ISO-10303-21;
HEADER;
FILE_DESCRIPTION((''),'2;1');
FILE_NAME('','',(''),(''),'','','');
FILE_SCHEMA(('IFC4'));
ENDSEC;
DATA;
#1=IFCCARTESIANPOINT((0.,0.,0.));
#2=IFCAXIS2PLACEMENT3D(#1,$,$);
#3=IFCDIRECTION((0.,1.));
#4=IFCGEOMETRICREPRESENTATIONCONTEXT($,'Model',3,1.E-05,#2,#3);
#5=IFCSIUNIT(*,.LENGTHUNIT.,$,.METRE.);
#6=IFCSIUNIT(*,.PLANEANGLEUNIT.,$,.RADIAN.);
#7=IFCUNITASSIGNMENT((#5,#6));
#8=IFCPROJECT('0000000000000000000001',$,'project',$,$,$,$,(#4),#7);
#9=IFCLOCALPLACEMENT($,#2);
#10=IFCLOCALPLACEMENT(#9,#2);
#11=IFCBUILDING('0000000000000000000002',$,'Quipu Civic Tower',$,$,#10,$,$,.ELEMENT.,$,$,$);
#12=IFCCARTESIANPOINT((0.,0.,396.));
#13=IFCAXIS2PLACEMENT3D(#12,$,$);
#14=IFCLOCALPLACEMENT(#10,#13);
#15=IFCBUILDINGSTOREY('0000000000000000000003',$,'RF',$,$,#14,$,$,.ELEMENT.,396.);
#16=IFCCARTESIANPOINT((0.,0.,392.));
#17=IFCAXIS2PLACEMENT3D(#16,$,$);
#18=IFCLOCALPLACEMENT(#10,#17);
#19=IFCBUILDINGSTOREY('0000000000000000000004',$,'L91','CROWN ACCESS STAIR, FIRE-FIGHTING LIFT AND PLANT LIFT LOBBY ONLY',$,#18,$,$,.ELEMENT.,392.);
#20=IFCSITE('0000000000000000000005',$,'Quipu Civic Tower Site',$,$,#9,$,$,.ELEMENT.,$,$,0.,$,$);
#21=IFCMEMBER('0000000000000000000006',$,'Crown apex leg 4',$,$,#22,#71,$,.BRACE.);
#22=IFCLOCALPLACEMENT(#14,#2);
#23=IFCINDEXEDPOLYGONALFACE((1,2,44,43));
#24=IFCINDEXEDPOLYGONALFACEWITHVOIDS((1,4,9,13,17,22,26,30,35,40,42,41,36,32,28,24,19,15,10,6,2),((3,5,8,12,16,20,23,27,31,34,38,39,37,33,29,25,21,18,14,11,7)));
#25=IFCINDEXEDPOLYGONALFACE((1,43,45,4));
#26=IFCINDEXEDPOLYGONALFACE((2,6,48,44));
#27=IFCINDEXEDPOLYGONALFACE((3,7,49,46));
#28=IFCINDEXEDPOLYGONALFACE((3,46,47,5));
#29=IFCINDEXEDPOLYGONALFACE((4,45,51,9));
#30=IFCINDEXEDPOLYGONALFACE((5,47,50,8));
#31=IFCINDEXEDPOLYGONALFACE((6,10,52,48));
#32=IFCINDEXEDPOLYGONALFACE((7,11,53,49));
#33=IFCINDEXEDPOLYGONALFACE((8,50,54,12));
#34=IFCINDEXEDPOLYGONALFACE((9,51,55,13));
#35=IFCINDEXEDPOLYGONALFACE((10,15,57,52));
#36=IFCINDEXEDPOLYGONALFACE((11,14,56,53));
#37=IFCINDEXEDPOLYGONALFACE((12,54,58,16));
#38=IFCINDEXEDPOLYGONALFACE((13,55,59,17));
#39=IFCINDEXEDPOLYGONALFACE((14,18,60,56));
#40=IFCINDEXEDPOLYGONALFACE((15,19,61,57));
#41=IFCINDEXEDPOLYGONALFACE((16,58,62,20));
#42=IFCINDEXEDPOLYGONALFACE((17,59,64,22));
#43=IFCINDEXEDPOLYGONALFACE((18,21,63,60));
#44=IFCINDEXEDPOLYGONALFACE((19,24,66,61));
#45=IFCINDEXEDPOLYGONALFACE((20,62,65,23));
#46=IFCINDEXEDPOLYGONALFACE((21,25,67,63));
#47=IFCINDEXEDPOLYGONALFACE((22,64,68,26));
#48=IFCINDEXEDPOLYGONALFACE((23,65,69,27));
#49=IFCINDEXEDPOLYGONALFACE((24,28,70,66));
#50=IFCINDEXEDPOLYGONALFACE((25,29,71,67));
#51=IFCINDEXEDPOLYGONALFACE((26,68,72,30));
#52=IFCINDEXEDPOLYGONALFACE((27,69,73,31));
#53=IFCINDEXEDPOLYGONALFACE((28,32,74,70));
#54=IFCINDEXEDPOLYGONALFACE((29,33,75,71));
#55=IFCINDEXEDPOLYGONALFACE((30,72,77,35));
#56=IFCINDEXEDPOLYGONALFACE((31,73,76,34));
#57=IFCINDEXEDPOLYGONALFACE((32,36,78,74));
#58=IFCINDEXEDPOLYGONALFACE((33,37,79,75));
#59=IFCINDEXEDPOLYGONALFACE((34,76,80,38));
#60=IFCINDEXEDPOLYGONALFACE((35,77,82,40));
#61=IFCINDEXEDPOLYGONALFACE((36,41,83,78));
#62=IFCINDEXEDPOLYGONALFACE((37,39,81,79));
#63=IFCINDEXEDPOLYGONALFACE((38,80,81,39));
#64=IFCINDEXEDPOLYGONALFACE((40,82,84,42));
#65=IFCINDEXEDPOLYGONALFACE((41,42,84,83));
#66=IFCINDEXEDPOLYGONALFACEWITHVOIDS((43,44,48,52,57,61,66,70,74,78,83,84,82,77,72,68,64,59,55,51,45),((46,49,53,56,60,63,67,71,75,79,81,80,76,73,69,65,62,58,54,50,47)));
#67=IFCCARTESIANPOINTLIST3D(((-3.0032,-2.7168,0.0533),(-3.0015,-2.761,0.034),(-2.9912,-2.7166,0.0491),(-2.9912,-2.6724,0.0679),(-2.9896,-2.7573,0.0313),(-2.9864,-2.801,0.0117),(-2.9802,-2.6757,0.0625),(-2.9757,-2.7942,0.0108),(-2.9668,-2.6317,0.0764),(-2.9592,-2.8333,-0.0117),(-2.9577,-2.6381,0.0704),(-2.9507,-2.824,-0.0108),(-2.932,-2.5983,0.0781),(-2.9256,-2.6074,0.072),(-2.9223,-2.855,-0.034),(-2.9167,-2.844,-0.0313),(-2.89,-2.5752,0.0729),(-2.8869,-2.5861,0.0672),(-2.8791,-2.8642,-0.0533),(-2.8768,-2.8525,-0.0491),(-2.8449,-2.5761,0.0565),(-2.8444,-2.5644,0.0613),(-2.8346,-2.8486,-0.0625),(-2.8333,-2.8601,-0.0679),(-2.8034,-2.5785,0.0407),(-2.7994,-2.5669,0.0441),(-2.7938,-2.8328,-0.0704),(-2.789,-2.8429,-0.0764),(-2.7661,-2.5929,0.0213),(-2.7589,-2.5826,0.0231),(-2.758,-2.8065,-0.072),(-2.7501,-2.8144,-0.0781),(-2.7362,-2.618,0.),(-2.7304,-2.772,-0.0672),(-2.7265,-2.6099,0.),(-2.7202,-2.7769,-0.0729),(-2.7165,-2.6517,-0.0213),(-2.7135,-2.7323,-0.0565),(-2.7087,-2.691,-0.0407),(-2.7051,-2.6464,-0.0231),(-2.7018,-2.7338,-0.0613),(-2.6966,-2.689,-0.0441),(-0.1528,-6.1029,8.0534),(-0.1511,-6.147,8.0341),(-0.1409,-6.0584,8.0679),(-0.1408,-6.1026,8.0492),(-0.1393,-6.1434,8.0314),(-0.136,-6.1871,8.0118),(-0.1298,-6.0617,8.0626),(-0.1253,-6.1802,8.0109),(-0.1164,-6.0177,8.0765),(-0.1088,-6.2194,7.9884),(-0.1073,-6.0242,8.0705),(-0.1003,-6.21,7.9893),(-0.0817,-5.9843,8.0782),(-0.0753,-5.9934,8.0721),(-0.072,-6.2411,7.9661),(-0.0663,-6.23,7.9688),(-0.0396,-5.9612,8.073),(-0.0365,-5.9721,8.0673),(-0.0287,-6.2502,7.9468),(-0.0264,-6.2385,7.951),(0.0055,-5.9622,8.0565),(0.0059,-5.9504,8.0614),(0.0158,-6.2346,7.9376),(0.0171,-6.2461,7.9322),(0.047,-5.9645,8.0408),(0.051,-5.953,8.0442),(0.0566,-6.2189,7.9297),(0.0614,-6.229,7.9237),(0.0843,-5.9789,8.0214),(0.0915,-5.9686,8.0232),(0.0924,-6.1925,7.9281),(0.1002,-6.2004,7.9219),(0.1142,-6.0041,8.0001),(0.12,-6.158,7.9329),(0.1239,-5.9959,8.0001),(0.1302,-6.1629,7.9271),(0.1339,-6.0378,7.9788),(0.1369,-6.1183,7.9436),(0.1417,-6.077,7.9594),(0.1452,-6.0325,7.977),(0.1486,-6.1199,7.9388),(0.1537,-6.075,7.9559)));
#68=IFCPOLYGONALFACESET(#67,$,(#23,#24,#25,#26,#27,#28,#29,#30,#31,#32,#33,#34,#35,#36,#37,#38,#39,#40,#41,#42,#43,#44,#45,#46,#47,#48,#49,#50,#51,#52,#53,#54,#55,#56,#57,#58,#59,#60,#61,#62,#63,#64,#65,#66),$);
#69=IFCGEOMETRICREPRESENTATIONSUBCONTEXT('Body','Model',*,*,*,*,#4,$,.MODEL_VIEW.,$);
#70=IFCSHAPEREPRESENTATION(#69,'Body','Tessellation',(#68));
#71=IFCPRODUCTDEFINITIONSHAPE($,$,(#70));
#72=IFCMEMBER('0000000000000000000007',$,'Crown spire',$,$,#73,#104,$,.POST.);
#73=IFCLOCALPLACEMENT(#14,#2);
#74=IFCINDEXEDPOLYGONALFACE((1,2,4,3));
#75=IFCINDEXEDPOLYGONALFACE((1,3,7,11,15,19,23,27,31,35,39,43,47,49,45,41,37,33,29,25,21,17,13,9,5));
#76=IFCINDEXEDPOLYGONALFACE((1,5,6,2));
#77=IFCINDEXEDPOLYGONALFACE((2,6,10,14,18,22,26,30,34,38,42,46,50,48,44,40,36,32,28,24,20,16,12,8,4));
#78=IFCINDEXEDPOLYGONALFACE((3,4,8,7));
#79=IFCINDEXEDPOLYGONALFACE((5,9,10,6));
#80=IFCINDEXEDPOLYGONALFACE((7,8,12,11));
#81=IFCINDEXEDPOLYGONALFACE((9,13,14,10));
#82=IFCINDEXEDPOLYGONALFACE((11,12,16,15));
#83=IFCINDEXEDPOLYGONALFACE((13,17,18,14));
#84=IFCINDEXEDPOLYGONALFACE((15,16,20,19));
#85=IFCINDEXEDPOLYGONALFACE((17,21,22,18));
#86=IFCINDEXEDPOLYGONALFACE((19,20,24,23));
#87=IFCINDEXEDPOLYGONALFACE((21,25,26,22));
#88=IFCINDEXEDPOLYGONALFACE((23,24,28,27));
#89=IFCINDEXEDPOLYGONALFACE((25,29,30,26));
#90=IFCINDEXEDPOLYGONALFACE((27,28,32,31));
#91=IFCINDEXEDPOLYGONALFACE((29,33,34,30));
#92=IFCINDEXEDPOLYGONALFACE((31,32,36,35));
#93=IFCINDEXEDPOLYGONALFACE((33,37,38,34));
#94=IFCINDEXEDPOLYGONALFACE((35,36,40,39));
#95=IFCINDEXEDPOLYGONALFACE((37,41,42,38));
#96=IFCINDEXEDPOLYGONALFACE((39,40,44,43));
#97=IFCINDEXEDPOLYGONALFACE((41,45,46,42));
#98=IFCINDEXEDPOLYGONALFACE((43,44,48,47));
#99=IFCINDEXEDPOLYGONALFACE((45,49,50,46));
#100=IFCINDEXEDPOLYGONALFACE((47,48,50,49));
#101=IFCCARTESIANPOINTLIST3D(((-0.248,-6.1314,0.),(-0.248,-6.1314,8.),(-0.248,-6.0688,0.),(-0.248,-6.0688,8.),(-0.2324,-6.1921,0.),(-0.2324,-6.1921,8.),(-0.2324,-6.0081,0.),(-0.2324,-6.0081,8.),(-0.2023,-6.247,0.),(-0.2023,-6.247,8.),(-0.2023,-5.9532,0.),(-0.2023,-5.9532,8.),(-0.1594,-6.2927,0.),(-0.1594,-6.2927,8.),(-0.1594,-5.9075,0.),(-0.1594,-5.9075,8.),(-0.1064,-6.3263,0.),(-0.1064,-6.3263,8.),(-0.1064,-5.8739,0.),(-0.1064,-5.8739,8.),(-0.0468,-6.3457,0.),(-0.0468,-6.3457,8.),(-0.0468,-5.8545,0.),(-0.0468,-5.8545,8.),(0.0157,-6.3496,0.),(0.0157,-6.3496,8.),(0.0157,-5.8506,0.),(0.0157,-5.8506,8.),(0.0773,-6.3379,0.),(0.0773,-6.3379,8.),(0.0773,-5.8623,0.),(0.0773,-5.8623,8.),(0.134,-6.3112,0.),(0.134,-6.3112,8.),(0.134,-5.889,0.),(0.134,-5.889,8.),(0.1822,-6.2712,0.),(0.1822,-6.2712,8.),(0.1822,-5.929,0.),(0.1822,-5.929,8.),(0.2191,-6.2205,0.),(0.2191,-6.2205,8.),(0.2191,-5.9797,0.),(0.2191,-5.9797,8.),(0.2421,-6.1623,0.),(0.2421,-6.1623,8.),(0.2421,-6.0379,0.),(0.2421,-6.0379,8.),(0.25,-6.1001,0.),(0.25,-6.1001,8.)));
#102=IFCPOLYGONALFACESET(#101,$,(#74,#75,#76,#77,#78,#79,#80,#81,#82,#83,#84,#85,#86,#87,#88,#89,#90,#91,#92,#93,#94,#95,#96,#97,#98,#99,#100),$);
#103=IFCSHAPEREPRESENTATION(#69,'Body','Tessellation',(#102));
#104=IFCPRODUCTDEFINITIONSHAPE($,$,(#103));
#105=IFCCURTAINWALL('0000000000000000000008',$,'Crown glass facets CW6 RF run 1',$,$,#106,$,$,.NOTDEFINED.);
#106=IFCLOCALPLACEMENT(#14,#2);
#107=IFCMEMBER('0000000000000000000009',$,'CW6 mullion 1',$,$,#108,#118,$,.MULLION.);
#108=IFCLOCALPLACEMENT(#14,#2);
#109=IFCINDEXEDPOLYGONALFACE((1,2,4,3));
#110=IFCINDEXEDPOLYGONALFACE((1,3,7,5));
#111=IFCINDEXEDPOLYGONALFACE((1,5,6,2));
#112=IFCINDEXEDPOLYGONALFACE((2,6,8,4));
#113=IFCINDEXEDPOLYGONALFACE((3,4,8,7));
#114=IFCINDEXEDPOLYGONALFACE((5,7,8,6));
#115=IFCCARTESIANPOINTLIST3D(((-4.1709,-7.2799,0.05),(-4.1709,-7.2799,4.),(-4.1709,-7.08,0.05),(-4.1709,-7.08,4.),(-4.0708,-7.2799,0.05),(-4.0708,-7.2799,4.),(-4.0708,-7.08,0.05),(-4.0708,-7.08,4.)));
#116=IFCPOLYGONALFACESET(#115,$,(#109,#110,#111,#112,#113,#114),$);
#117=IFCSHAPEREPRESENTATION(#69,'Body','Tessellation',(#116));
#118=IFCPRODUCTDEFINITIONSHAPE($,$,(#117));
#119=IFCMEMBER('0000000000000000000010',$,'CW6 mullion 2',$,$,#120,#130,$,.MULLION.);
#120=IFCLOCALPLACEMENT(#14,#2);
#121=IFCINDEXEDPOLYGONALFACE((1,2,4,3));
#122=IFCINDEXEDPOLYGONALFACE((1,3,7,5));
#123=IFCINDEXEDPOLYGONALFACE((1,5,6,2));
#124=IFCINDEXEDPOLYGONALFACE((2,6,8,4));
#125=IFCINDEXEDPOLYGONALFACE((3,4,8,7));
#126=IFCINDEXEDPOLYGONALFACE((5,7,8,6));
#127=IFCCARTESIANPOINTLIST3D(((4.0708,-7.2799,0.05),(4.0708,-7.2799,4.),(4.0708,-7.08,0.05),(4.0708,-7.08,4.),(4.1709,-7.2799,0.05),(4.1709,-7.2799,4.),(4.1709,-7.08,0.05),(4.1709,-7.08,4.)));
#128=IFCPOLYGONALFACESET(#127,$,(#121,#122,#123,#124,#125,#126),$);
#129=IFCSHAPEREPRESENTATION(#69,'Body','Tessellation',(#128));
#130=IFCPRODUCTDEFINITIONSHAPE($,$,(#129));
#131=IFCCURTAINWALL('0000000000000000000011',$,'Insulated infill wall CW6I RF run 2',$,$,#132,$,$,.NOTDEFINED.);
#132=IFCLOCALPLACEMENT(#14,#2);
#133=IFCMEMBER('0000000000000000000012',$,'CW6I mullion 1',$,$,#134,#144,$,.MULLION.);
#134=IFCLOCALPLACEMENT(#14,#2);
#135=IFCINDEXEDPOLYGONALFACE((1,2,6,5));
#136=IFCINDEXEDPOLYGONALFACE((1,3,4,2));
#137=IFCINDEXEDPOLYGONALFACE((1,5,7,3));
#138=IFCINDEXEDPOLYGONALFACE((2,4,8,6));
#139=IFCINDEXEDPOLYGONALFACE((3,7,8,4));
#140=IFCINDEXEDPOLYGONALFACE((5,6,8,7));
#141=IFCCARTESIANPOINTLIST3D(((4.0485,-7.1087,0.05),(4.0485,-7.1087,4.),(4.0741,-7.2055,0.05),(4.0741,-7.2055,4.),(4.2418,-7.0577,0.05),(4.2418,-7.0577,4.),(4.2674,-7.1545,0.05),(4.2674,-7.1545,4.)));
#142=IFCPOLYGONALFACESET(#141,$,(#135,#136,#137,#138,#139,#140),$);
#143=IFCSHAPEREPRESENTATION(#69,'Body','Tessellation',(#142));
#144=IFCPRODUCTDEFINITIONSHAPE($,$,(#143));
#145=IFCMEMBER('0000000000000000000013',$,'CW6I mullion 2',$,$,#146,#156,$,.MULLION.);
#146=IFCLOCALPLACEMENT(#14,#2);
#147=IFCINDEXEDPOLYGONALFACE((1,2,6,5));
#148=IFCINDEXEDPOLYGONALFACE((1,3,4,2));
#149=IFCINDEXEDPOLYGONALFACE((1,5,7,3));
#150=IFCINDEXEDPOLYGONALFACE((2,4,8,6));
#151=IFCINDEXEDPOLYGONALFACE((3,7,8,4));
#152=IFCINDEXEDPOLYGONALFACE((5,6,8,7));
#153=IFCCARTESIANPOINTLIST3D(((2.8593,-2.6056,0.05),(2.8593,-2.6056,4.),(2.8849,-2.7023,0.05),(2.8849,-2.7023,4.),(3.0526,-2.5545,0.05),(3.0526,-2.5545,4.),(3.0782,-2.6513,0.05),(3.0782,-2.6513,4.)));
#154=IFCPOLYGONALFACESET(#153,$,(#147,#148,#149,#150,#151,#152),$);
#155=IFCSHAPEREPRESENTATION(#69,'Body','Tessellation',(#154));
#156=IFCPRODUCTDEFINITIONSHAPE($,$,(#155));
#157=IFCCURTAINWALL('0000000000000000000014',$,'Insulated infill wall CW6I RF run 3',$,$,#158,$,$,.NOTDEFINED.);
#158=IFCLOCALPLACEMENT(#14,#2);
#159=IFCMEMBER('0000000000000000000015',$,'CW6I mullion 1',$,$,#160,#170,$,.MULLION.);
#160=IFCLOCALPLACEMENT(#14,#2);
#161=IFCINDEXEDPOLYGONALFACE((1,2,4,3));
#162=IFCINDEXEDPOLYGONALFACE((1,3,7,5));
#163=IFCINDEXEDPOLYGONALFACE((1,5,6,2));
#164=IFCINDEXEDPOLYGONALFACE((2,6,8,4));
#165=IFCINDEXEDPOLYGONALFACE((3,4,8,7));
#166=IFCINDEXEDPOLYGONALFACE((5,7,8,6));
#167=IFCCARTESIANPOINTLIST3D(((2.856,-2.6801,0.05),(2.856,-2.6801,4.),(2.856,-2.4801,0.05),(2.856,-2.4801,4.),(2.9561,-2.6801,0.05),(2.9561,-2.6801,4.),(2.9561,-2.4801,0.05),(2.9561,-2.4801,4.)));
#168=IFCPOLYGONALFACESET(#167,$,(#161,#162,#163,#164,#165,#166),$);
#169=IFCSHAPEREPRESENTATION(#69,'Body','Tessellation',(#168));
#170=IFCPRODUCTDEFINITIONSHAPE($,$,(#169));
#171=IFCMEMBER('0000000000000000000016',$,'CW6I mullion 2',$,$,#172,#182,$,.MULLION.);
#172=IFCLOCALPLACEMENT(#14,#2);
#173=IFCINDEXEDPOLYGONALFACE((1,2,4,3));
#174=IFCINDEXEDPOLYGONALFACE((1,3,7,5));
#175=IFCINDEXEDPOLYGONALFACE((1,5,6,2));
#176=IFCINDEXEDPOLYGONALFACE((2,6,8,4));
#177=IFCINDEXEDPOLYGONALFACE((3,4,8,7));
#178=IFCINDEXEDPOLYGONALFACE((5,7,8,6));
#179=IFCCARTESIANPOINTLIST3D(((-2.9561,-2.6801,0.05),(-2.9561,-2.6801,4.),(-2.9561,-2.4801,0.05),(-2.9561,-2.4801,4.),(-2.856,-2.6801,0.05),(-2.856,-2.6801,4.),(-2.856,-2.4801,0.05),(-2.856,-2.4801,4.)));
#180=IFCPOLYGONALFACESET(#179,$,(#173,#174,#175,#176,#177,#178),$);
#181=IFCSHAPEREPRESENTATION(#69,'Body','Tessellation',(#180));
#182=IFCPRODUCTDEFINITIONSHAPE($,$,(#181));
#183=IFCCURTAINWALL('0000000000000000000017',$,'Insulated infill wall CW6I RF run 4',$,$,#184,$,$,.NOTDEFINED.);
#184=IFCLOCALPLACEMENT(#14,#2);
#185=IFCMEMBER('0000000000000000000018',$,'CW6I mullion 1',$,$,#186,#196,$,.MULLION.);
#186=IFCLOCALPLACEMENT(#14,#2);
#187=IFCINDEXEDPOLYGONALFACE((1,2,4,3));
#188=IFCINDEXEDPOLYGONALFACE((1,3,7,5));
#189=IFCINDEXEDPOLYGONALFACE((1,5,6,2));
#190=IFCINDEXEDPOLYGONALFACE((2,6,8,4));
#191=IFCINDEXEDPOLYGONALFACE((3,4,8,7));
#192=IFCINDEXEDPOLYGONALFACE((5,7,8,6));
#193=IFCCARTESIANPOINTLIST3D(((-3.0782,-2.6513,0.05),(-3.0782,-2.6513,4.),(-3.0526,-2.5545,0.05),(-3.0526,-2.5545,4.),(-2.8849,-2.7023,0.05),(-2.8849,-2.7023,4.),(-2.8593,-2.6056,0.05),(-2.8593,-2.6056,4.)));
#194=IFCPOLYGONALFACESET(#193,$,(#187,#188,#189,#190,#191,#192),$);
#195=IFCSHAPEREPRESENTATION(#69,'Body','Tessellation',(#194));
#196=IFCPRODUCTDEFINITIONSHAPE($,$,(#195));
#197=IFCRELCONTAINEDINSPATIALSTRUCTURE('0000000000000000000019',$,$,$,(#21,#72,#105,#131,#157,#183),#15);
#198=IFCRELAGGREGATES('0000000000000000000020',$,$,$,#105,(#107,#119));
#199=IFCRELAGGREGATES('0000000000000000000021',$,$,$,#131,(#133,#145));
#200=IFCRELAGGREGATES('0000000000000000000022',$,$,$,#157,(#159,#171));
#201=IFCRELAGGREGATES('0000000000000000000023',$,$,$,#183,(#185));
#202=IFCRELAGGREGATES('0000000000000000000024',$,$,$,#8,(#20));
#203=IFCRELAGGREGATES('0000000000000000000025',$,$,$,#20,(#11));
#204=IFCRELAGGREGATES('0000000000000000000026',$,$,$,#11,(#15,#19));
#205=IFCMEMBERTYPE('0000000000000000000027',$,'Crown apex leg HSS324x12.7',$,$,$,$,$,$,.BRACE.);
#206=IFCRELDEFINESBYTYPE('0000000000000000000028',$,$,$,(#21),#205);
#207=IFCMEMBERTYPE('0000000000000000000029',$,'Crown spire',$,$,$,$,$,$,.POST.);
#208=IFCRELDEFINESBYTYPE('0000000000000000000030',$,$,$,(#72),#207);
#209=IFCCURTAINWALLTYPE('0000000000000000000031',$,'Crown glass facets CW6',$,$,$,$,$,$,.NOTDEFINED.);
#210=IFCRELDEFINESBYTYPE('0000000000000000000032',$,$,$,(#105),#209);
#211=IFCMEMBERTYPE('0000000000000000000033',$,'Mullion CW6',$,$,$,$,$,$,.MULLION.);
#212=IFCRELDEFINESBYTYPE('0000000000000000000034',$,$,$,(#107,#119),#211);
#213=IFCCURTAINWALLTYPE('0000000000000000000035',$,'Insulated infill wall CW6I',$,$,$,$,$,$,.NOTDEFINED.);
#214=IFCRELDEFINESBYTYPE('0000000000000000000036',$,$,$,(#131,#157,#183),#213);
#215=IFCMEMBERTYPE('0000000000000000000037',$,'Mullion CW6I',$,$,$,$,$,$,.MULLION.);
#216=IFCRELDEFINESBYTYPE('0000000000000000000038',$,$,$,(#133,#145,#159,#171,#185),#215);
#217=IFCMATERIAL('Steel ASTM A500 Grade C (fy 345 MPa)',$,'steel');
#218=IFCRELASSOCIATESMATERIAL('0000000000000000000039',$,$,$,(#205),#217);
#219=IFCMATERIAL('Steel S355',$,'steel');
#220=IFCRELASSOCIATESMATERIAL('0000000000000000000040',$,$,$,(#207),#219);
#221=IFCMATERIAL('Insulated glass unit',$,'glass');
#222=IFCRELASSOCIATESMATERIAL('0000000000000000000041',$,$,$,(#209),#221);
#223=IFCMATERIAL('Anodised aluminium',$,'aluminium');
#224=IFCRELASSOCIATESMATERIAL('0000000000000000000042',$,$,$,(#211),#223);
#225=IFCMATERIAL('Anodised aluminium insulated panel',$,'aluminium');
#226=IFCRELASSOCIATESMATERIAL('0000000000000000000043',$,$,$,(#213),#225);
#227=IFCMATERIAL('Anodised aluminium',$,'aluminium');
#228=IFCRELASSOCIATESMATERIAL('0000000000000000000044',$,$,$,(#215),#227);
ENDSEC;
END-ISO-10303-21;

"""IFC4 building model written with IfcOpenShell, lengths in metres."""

from ifc_helpers import new_model, si_unit, direction, frame, origin, origin_2d, place, context, subcontext, project, spatial, rectangle, circle, hollow_circle, extrude, material, material_profile, profile_set, type_object, element, aggregate, save


model = new_model("IFC4")

# Units and contexts
model_context = context("Model", 3, precision=1e-05, world=origin(), true_north=direction((0.0, 1.0)))
body_context = subcontext(model_context, "Body", "Model", "MODEL_VIEW")
ifc_project = project(units=[si_unit("LENGTHUNIT", "METRE"), si_unit("PLANEANGLEUNIT", "RADIAN")], contexts=[model_context])

# Site, building, storey
site_placement = place(None, origin())
site = spatial("IfcSite", under=ifc_project, at=site_placement, Name="Quipu Civic Tower Site", CompositionType="ELEMENT", RefElevation=0.0)
building_placement = place(site_placement, origin())
building = spatial("IfcBuilding", under=site, at=building_placement, Name="Quipu Civic Tower", CompositionType="ELEMENT")
storey_1_placement = place(building_placement, frame((0.0, 0.0, 396.0)))
storey_1 = spatial("IfcBuildingStorey", under=building, at=storey_1_placement, Name="RF", CompositionType="ELEMENT", Elevation=396.0)

# Members
ifc_material_1 = material(Name="Steel ASTM A500 Grade C (fy 345 MPa)", Category="steel")
ifc_material_profile_1 = material_profile(ifc_material_1, hollow_circle(Radius=0.1619, WallThickness=0.0127, at=origin_2d()), Name="HSS324x12.7")
ifc_profile_set_1 = profile_set([ifc_material_profile_1], Name="Steel ASTM A500 Grade C (fy 345 MPa)")
member_type_1 = type_object("IfcMemberType", Name="Crown apex leg HSS324x12.7", PredefinedType="BRACE", material=ifc_profile_set_1)
for number, where, z_axis, x_axis, name in (
    (1, (-2.8503, -2.7141, 0.0), (0.311761, -0.370348, 0.875013), (0.765024, 0.644002, 0.0), "Crown apex leg 4"),
):
    element("IfcMember", number, at=place(storey_1_placement, frame(where, z_axis=z_axis, x_axis=x_axis)), inside=storey_1, type_object=member_type_1, Name=name, PredefinedType="BRACE", context=body_context, shape_type="SweptSolid", body=[
        extrude(hollow_circle(Radius=0.1619, WallThickness=0.0127, at=origin_2d()), origin(), (0.0, 0.0, 1.0), 9.1428),
    ])
ifc_material_2 = material(Name="Steel S355", Category="steel")
ifc_material_profile_2 = material_profile(ifc_material_2, circle(Radius=0.25, at=origin_2d()), Name="CIRCLE 500")
ifc_profile_set_2 = profile_set([ifc_material_profile_2], Name="Steel S355")
member_type_2 = type_object("IfcMemberType", Name="Crown spire", PredefinedType="POST", material=ifc_profile_set_2)
member_1_placement = place(storey_1_placement, frame((0.0, -6.1001, 0.0), z_axis=(0.0, 0.0, 1.0), x_axis=(1.0, 0.0, 0.0)))
element("IfcMember", 2, at=member_1_placement, inside=storey_1, type_object=member_type_2, Name="Crown spire", PredefinedType="POST", context=body_context, shape_type="SweptSolid", body=[
    extrude(circle(Radius=0.25, at=origin_2d()), origin(), (0.0, 0.0, 1.0), 8.0),
])

# Curtain walls, members
ifc_material_3 = material(Name="Insulated glass unit", Category="glass")
curtain_wall_type_1 = type_object("IfcCurtainWallType", Name="Crown glass facets CW6", PredefinedType="NOTDEFINED", material=ifc_material_3)
curtain_wall_1_placement = place(storey_1_placement, origin())
curtain_wall_1 = element("IfcCurtainWall", 3, at=curtain_wall_1_placement, inside=storey_1, type_object=curtain_wall_type_1, Name="Crown glass facets CW6 RF run 1", PredefinedType="NOTDEFINED")
ifc_material_4 = material(Name="Anodised aluminium", Category="aluminium")
ifc_material_profile_3 = material_profile(ifc_material_4, rectangle(XDim=0.2, YDim=0.1001, at=origin_2d()), Name="RECT 200x100")
ifc_profile_set_3 = profile_set([ifc_material_profile_3], Name="Anodised aluminium")
member_type_3 = type_object("IfcMemberType", Name="Mullion CW6", PredefinedType="MULLION", material=ifc_profile_set_3)
member_2_placement = place(storey_1_placement, frame((-4.1208, -7.1799, 0.05), z_axis=(0.0, 0.0, 1.0), x_axis=(0.0, 1.0, 0.0)))
member_2 = element("IfcMember", 4, at=member_2_placement, type_object=member_type_3, Name="CW6 mullion 1", PredefinedType="MULLION", context=body_context, shape_type="SweptSolid", body=[
    extrude(rectangle(XDim=0.2, YDim=0.1001, at=origin_2d()), origin(), (0.0, 0.0, 1.0), 3.95),
])
member_3_placement = place(storey_1_placement, frame((4.1208, -7.1799, 0.05), z_axis=(0.0, 0.0, 1.0), x_axis=(0.0, 1.0, 0.0)))
member_3 = element("IfcMember", 5, at=member_3_placement, type_object=member_type_3, Name="CW6 mullion 2", PredefinedType="MULLION", context=body_context, shape_type="SweptSolid", body=[
    extrude(rectangle(XDim=0.2, YDim=0.1001, at=origin_2d()), origin(), (0.0, 0.0, 1.0), 3.95),
])
ifc_material_5 = material(Name="Anodised aluminium insulated panel", Category="aluminium")
curtain_wall_type_2 = type_object("IfcCurtainWallType", Name="Insulated infill wall CW6I", PredefinedType="NOTDEFINED", material=ifc_material_5)
curtain_wall_2_placement = place(storey_1_placement, origin())
curtain_wall_2 = element("IfcCurtainWall", 6, at=curtain_wall_2_placement, inside=storey_1, type_object=curtain_wall_type_2, Name="Insulated infill wall CW6I RF run 2", PredefinedType="NOTDEFINED")
ifc_material_6 = material(Name="Anodised aluminium", Category="aluminium")
ifc_material_profile_4 = material_profile(ifc_material_6, rectangle(XDim=0.2, YDim=0.1001, at=origin_2d()), Name="RECT 200x100")
ifc_profile_set_4 = profile_set([ifc_material_profile_4], Name="Anodised aluminium")
member_type_4 = type_object("IfcMemberType", Name="Mullion CW6I", PredefinedType="MULLION", material=ifc_profile_set_4)
member_4_placement = place(storey_1_placement, frame((4.158, -7.1316, 0.05), z_axis=(0.0, 0.0, 1.0), x_axis=(-0.966853, -0.255333, 0.0)))
member_4 = element("IfcMember", 7, at=member_4_placement, type_object=member_type_4, Name="CW6I mullion 1", PredefinedType="MULLION", context=body_context, shape_type="SweptSolid", body=[
    extrude(rectangle(XDim=0.2, YDim=0.1001, at=origin_2d()), origin(), (0.0, 0.0, 1.0), 3.95),
])
member_5_placement = place(storey_1_placement, frame((2.9688, -2.6284, 0.05), z_axis=(0.0, 0.0, 1.0), x_axis=(-0.966853, -0.255333, 0.0)))
member_5 = element("IfcMember", 8, at=member_5_placement, type_object=member_type_4, Name="CW6I mullion 2", PredefinedType="MULLION", context=body_context, shape_type="SweptSolid", body=[
    extrude(rectangle(XDim=0.2, YDim=0.1001, at=origin_2d()), origin(), (0.0, 0.0, 1.0), 3.95),
])
curtain_wall_3_placement = place(storey_1_placement, origin())
curtain_wall_3 = element("IfcCurtainWall", 9, at=curtain_wall_3_placement, inside=storey_1, type_object=curtain_wall_type_2, Name="Insulated infill wall CW6I RF run 3", PredefinedType="NOTDEFINED")
member_6_placement = place(storey_1_placement, frame((2.906, -2.5801, 0.05), z_axis=(0.0, 0.0, 1.0), x_axis=(0.0, -1.0, 0.0)))
member_6 = element("IfcMember", 10, at=member_6_placement, type_object=member_type_4, Name="CW6I mullion 1", PredefinedType="MULLION", context=body_context, shape_type="SweptSolid", body=[
    extrude(rectangle(XDim=0.2, YDim=0.1001, at=origin_2d()), origin(), (0.0, 0.0, 1.0), 3.95),
])
member_7_placement = place(storey_1_placement, frame((-2.906, -2.5801, 0.05), z_axis=(0.0, 0.0, 1.0), x_axis=(0.0, -1.0, 0.0)))
member_7 = element("IfcMember", 11, at=member_7_placement, type_object=member_type_4, Name="CW6I mullion 2", PredefinedType="MULLION", context=body_context, shape_type="SweptSolid", body=[
    extrude(rectangle(XDim=0.2, YDim=0.1001, at=origin_2d()), origin(), (0.0, 0.0, 1.0), 3.95),
])
curtain_wall_4_placement = place(storey_1_placement, origin())
curtain_wall_4 = element("IfcCurtainWall", 12, at=curtain_wall_4_placement, inside=storey_1, type_object=curtain_wall_type_2, Name="Insulated infill wall CW6I RF run 4", PredefinedType="NOTDEFINED")
member_8_placement = place(storey_1_placement, frame((-2.9688, -2.6284, 0.05), z_axis=(0.0, 0.0, 1.0), x_axis=(0.966853, -0.255333, 0.0)))
member_8 = element("IfcMember", 13, at=member_8_placement, type_object=member_type_4, Name="CW6I mullion 1", PredefinedType="MULLION", context=body_context, shape_type="SweptSolid", body=[
    extrude(rectangle(XDim=0.2, YDim=0.1001, at=origin_2d()), origin(), (0.0, 0.0, 1.0), 3.95),
])

# Shared definitions
storey_2_placement = place(building_placement, frame((0.0, 0.0, 392.0)))
storey_2 = spatial("IfcBuildingStorey", under=building, at=storey_2_placement, Name="L91", Description="CROWN ACCESS STAIR, FIRE-FIGHTING LIFT AND PLANT LIFT LOBBY ONLY", CompositionType="ELEMENT", Elevation=392.0)

aggregate(curtain_wall_1, [member_2, member_3])
aggregate(curtain_wall_2, [member_4, member_5])
aggregate(curtain_wall_3, [member_6, member_7])
aggregate(curtain_wall_4, [member_8])

save(model, "model.ifc")
